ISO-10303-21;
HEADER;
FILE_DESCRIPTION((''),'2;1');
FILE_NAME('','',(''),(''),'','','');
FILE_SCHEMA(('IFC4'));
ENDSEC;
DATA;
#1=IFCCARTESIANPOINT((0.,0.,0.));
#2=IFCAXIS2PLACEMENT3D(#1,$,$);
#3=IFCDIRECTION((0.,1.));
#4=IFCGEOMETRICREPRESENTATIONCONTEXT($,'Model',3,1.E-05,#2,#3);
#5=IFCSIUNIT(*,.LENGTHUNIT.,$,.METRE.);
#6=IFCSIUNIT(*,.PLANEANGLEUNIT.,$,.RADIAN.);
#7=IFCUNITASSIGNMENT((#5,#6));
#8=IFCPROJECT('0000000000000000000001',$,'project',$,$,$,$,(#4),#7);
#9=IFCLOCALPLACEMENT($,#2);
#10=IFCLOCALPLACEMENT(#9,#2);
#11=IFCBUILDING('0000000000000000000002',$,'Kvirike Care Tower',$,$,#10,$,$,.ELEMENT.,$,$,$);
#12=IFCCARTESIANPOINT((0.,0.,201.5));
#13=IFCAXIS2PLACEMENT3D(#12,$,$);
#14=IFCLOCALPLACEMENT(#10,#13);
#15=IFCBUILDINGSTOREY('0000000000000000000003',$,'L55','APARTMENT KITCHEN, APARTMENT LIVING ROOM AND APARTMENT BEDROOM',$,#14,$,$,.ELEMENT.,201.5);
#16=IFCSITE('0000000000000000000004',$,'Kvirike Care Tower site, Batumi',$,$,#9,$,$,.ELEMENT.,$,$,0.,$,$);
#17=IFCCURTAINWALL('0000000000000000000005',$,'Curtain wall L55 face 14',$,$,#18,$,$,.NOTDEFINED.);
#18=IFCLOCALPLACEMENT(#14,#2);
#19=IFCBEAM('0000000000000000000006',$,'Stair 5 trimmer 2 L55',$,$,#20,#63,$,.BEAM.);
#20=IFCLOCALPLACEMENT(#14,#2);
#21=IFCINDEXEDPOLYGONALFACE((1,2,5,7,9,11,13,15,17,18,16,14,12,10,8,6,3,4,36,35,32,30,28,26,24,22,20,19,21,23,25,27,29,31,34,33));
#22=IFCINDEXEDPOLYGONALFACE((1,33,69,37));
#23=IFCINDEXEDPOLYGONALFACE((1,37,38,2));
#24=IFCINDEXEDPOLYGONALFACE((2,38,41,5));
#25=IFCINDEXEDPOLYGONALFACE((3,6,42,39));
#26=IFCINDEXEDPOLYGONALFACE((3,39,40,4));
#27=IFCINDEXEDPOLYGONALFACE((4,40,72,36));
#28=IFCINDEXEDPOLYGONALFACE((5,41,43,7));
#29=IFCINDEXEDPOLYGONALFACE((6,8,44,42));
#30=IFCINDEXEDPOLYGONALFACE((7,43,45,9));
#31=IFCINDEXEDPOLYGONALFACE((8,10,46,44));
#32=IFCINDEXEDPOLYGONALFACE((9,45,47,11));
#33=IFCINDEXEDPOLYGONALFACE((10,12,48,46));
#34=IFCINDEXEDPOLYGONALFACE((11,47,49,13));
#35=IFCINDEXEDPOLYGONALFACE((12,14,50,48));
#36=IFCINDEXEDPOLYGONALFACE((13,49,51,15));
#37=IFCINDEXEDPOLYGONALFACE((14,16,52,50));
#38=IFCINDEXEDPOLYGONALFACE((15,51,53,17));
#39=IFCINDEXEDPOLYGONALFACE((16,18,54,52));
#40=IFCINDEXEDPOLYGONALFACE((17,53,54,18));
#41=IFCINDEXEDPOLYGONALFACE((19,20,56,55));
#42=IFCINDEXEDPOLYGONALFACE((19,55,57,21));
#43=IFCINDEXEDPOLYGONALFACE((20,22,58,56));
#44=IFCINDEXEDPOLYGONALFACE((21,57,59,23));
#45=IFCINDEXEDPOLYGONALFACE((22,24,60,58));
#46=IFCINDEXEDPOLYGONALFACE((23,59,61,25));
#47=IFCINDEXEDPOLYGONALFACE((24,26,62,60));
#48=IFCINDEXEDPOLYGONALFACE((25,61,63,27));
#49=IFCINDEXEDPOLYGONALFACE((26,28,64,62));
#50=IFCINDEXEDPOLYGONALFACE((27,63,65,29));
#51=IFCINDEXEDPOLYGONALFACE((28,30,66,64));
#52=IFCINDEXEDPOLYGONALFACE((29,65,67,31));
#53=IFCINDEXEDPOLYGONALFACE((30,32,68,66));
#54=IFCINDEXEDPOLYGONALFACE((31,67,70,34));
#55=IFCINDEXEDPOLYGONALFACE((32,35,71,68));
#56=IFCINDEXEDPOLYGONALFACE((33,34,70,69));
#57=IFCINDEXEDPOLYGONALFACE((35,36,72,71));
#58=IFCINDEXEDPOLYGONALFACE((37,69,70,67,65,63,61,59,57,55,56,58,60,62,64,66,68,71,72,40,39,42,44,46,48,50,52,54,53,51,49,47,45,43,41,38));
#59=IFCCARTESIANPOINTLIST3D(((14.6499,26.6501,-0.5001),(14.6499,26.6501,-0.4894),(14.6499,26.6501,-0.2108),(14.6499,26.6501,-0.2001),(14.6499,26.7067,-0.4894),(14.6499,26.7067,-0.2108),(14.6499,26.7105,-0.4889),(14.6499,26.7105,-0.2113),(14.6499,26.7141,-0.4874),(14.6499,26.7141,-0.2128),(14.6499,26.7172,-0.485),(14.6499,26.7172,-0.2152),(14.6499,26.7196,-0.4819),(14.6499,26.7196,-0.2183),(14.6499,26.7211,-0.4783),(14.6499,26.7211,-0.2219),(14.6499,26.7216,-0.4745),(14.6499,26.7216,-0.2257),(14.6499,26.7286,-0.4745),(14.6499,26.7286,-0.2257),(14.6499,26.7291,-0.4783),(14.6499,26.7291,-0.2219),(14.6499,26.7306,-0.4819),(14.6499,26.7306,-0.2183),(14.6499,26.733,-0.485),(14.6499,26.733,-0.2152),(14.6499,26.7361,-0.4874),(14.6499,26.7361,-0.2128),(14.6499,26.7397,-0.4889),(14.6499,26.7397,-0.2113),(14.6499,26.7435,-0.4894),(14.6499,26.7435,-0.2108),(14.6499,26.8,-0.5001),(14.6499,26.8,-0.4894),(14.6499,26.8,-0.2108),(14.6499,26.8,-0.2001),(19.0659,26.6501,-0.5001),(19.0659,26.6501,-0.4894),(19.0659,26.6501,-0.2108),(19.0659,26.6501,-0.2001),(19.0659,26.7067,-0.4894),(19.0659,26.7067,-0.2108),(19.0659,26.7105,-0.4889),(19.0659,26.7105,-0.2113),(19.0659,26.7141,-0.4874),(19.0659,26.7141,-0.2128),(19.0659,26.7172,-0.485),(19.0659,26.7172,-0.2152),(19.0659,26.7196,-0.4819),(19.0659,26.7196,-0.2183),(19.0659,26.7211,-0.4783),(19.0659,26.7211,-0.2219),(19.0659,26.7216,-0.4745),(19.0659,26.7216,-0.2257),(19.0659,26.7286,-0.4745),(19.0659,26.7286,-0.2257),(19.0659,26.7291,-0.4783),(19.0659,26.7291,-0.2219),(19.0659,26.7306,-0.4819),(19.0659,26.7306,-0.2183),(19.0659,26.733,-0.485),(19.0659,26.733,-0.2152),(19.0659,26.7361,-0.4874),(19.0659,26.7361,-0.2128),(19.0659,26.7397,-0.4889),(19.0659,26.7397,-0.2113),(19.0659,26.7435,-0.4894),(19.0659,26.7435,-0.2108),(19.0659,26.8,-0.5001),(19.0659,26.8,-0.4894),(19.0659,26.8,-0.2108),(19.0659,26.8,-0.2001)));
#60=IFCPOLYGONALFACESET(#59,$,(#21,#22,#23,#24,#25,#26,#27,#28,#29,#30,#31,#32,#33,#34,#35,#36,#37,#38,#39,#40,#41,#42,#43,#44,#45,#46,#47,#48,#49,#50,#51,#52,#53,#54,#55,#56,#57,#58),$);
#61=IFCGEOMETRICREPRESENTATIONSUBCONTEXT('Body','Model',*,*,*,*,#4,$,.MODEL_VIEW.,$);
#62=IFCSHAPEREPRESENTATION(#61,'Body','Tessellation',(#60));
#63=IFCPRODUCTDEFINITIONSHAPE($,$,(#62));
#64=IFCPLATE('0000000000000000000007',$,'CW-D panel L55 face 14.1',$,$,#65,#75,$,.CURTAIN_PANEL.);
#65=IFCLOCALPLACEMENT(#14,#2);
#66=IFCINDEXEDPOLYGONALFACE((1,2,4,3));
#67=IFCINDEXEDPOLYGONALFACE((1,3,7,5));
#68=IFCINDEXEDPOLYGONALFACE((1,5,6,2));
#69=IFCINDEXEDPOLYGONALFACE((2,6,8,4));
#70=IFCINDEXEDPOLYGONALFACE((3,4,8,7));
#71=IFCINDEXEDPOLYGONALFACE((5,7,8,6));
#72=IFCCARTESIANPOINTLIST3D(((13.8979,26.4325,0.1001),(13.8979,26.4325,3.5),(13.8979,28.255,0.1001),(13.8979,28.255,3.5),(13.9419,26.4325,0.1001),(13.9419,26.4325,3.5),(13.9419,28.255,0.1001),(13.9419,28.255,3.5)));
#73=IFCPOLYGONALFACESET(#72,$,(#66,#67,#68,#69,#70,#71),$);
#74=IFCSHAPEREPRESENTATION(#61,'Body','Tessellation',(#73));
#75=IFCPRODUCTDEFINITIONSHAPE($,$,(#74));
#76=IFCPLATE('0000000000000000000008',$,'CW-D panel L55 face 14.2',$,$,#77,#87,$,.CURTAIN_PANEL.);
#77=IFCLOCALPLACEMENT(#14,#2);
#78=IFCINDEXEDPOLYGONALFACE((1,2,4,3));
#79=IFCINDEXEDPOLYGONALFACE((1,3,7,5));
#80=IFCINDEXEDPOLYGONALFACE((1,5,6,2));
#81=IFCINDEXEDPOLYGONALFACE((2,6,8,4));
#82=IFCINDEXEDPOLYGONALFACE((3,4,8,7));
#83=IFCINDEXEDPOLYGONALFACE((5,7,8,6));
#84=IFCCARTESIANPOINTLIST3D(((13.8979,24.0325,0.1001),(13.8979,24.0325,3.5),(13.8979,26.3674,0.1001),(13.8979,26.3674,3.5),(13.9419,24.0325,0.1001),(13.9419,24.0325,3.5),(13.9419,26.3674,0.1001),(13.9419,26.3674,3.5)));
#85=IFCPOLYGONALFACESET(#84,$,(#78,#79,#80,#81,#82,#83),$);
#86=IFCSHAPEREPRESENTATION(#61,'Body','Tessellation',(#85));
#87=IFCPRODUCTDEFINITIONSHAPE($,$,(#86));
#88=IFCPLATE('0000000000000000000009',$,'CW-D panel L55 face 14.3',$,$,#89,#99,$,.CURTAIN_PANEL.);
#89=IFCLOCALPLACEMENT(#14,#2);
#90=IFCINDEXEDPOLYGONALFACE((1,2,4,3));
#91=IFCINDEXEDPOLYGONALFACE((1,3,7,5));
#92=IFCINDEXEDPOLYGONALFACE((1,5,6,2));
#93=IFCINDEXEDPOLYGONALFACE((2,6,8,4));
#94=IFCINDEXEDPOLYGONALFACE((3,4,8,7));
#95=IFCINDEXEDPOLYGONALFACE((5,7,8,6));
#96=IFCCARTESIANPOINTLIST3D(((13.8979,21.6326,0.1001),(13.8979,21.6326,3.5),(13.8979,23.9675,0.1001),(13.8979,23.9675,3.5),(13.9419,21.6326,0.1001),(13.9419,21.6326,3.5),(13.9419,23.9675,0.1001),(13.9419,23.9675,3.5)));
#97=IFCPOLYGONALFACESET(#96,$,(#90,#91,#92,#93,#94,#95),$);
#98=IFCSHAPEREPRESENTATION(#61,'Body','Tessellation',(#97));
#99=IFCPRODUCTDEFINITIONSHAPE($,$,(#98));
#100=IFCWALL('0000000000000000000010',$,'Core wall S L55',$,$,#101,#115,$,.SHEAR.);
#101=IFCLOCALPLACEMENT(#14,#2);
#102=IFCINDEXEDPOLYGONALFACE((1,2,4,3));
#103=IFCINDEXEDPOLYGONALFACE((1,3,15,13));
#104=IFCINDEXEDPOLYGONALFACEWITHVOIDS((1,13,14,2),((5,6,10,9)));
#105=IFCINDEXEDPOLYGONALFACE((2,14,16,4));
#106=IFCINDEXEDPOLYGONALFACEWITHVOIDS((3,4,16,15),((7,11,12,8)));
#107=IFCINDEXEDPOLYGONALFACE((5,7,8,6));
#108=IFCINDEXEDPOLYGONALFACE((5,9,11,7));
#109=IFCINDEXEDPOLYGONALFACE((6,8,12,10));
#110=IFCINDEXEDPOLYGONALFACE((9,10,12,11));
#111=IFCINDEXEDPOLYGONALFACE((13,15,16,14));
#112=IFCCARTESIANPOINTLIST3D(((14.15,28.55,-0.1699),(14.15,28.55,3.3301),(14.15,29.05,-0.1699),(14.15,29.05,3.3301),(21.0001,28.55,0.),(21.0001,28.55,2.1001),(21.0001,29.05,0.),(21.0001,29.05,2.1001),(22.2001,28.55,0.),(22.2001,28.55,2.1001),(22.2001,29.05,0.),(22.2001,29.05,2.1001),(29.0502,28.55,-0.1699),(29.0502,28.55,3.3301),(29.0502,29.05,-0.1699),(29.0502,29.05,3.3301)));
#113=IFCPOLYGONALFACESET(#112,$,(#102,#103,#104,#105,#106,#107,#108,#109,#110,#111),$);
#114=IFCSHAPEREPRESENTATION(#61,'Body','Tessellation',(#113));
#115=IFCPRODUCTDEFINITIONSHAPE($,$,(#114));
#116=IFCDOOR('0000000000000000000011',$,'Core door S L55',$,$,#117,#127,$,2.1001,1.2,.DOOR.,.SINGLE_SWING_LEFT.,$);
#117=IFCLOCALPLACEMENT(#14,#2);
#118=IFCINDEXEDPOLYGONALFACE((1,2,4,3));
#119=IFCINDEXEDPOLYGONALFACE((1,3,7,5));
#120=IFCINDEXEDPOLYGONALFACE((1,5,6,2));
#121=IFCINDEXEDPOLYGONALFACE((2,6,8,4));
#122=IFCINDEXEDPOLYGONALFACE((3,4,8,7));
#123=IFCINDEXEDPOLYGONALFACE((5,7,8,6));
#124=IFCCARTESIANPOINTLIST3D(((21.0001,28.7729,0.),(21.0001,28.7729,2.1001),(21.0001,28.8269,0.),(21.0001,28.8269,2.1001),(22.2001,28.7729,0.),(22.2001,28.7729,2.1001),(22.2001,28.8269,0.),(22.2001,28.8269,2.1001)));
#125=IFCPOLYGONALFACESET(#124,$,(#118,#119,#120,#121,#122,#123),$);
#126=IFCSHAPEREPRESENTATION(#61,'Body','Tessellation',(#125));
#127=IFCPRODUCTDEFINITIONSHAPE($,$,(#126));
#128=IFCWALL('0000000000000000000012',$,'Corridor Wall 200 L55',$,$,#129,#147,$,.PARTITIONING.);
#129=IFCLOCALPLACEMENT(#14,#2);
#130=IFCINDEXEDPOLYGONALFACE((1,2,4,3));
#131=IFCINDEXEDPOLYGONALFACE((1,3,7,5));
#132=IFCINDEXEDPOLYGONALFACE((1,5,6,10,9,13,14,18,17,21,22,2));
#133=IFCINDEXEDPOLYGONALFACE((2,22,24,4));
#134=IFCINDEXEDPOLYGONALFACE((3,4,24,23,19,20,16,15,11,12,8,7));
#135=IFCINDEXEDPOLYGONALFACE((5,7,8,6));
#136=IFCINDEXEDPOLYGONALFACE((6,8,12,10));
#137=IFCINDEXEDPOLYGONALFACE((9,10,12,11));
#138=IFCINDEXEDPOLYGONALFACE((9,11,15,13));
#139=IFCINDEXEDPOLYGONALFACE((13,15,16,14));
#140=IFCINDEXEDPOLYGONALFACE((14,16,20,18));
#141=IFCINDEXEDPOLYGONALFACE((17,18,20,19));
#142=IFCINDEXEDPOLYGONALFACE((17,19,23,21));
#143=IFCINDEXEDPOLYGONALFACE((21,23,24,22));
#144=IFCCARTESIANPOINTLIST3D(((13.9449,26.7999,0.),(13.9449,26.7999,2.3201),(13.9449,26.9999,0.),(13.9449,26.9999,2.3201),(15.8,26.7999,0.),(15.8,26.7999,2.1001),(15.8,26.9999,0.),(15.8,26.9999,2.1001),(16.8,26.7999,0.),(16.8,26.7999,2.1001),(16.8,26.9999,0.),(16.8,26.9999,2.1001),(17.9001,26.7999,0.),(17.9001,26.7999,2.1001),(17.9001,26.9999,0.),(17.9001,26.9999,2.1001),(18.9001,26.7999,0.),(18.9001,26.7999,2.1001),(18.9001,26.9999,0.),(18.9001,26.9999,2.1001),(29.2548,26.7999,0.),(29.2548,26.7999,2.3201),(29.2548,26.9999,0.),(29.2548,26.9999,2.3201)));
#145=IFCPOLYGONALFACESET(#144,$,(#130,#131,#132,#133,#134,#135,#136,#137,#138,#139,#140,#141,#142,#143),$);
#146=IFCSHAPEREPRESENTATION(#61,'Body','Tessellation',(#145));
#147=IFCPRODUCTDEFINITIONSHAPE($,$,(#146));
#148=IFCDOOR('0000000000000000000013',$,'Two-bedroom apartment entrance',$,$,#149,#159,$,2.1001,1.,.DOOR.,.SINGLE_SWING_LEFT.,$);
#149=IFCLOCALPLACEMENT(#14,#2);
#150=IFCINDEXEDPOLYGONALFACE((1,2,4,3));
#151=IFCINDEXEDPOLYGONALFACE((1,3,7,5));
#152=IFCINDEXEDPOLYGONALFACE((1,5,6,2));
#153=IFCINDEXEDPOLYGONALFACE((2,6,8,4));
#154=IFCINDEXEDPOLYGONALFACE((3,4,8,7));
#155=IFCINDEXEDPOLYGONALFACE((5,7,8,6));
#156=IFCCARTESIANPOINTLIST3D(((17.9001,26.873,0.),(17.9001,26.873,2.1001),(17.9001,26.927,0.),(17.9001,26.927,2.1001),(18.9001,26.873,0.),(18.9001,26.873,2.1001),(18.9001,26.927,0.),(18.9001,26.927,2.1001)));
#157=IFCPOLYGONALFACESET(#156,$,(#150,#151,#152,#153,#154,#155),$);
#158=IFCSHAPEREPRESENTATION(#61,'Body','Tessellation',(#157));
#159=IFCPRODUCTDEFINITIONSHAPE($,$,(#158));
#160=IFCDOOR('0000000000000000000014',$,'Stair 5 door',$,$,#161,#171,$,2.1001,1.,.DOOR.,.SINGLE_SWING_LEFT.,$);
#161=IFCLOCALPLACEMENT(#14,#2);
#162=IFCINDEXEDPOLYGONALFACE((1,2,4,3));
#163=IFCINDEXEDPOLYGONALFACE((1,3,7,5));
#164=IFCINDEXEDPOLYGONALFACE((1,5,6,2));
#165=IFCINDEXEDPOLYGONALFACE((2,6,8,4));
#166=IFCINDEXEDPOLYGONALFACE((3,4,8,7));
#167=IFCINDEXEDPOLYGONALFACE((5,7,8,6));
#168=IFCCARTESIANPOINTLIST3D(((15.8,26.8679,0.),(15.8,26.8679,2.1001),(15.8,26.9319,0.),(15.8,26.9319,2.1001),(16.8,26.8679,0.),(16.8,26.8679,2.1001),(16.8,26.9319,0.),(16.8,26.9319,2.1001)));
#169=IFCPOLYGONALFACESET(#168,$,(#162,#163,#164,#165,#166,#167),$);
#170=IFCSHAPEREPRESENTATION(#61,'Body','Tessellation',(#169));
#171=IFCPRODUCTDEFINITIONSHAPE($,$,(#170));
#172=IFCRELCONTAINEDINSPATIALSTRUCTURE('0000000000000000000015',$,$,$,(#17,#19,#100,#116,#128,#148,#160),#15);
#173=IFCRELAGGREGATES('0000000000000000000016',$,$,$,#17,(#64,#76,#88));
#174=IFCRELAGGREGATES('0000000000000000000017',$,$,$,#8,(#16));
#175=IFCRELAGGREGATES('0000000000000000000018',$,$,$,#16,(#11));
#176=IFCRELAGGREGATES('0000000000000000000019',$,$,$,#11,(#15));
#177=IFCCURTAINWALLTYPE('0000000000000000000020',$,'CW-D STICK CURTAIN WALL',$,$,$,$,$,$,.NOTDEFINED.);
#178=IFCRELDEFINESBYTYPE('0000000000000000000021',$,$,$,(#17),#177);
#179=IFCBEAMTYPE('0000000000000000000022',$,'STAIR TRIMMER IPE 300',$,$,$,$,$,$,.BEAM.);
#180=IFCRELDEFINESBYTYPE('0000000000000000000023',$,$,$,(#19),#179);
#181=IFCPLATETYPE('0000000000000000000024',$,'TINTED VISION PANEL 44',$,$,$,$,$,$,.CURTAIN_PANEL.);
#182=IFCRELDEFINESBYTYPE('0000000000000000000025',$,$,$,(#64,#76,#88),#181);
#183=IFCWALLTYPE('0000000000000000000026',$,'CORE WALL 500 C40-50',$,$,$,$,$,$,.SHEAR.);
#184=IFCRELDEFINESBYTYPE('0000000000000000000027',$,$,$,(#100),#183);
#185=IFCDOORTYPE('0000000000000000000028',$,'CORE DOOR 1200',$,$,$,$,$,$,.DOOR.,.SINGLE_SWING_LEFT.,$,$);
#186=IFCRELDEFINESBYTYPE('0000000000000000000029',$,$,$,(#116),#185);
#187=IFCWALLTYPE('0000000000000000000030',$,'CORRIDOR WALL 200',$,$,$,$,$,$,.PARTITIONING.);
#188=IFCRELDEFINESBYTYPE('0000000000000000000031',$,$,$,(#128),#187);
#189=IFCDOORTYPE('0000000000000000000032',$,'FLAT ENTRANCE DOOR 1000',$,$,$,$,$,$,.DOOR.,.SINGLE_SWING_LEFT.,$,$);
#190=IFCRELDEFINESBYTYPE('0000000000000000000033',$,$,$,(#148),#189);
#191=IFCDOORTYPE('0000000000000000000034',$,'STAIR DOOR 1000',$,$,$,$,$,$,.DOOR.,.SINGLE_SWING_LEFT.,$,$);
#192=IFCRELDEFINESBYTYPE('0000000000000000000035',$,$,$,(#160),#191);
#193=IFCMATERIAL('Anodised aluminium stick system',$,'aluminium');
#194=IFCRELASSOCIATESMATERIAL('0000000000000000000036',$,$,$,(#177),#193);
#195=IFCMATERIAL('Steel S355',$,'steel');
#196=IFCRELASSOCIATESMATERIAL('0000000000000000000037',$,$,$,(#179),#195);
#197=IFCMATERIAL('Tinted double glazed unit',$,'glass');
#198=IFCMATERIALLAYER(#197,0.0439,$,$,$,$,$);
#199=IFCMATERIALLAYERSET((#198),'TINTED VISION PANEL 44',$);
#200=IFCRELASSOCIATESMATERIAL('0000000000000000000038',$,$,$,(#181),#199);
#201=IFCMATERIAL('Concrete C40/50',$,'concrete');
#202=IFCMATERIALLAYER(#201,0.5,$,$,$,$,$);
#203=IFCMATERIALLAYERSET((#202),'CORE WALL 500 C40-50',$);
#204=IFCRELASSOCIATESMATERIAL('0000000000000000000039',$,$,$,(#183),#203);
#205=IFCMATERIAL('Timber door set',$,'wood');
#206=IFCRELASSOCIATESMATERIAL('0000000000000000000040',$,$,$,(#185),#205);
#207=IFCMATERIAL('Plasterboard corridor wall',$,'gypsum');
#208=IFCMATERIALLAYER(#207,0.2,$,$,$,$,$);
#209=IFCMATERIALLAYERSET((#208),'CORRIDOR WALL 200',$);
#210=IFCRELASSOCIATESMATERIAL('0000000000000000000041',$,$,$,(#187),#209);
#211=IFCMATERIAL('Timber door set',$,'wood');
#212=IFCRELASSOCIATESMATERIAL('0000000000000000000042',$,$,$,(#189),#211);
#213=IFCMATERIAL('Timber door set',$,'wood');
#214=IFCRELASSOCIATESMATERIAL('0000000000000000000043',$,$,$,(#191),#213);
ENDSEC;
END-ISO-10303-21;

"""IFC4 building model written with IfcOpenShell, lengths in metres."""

from ifc_helpers import new_model, si_unit, direction, frame, frame_2d, origin, origin_2d, place, context, subcontext, project, spatial, rectangle, i_section, extrude, material, layer, layer_set, material_profile, profile_set, type_object, element, fill, aggregate, save


model = new_model("IFC4")

# Units and contexts
model_context = context("Model", 3, precision=1e-05, world=origin(), true_north=direction((0.0, 1.0)))
body_context = subcontext(model_context, "Body", "Model", "MODEL_VIEW")
ifc_project = project(units=[si_unit("LENGTHUNIT", "METRE"), si_unit("PLANEANGLEUNIT", "RADIAN")], contexts=[model_context])

# Site, building, storey
site_placement = place(None, origin())
site = spatial("IfcSite", under=ifc_project, at=site_placement, Name="Kvirike Care Tower site, Batumi", CompositionType="ELEMENT", RefElevation=0.0)
building_placement = place(site_placement, origin())
building = spatial("IfcBuilding", under=site, at=building_placement, Name="Kvirike Care Tower", CompositionType="ELEMENT")
storey_placement = place(building_placement, frame((0.0, 0.0, 201.5)))
storey = spatial("IfcBuildingStorey", under=building, at=storey_placement, Name="L55", Description="APARTMENT KITCHEN, APARTMENT LIVING ROOM AND APARTMENT BEDROOM", CompositionType="ELEMENT", Elevation=201.5)

# Curtain wall
ifc_material_1 = material(Name="Anodised aluminium stick system", Category="aluminium")
curtain_wall_type = type_object("IfcCurtainWallType", Name="CW-D STICK CURTAIN WALL", PredefinedType="NOTDEFINED", material=ifc_material_1)
curtain_wall_placement = place(storey_placement, origin())
curtain_wall = element("IfcCurtainWall", 1, at=curtain_wall_placement, inside=storey, type_object=curtain_wall_type, Name="Curtain wall L55 face 14", PredefinedType="NOTDEFINED")

# Beam
ifc_material_2 = material(Name="Steel S355", Category="steel")
ifc_material_profile_1 = material_profile(ifc_material_2, i_section(OverallWidth=0.1499, OverallDepth=0.3, WebThickness=0.0071, FlangeThickness=0.0107, FilletRadius=0.0149, at=origin_2d()), Name="IPE 300")
ifc_profile_set_1 = profile_set([ifc_material_profile_1], Name="Steel S355")
beam_type_1 = type_object("IfcBeamType", Name="STAIR TRIMMER IPE 300", PredefinedType="BEAM", material=ifc_profile_set_1)
for number, where, z_axis, x_axis, name in (
    (2, (14.6499, 26.7251, -0.3501), (1.0, 0.0, 0.0), (0.0, 1.0, 0.0), "Stair 5 trimmer 2 L55"),
):
    element("IfcBeam", number, at=place(storey_placement, frame(where, z_axis=z_axis, x_axis=x_axis)), inside=storey, type_object=beam_type_1, Name=name, PredefinedType="BEAM", context=body_context, shape_type="SweptSolid", body=[
        extrude(i_section(OverallWidth=0.1499, OverallDepth=0.3, WebThickness=0.0071, FlangeThickness=0.0107, FilletRadius=0.0149, at=origin_2d()), origin(), (0.0, 0.0, 1.0), 4.416),
    ])

# Plates
ifc_material_3 = material(Name="Tinted double glazed unit", Category="glass")
ifc_layer_1 = layer(ifc_material_3, 0.0439)
ifc_layer_set_1 = layer_set([ifc_layer_1], Name="TINTED VISION PANEL 44")
plate_type = type_object("IfcPlateType", Name="TINTED VISION PANEL 44", PredefinedType="CURTAIN_PANEL", material=ifc_layer_set_1)
plate_1_placement = place(storey_placement, frame((13.9199, 27.3438, 0.1001), z_axis=(0.0, 0.0, 1.0), x_axis=(0.0, -1.0, 0.0)))
plate_1 = element("IfcPlate", 3, at=plate_1_placement, type_object=plate_type, Name="CW-D panel L55 face 14.1", PredefinedType="CURTAIN_PANEL", context=body_context, shape_type="SweptSolid", body=[
    extrude(rectangle(XDim=1.8225, YDim=0.0439, at=origin_2d()), origin(), (0.0, 0.0, 1.0), 3.3999),
])
plate_2_placement = place(storey_placement, frame((13.9199, 25.2, 0.1001), z_axis=(0.0, 0.0, 1.0), x_axis=(0.0, -1.0, 0.0)))
plate_2 = element("IfcPlate", 4, at=plate_2_placement, type_object=plate_type, Name="CW-D panel L55 face 14.2", PredefinedType="CURTAIN_PANEL", context=body_context, shape_type="SweptSolid", body=[
    extrude(rectangle(XDim=2.335, YDim=0.0439, at=origin_2d()), origin(), (0.0, 0.0, 1.0), 3.3999),
])
plate_3_placement = place(storey_placement, frame((13.9199, 22.8, 0.1001), z_axis=(0.0, 0.0, 1.0), x_axis=(0.0, -1.0, 0.0)))
plate_3 = element("IfcPlate", 5, at=plate_3_placement, type_object=plate_type, Name="CW-D panel L55 face 14.3", PredefinedType="CURTAIN_PANEL", context=body_context, shape_type="SweptSolid", body=[
    extrude(rectangle(XDim=2.335, YDim=0.0439, at=origin_2d()), origin(), (0.0, 0.0, 1.0), 3.3999),
])
aggregate(curtain_wall, [plate_1, plate_2, plate_3])

# Wall, opening, door
ifc_material_4 = material(Name="Concrete C40/50", Category="concrete")
ifc_layer_2 = layer(ifc_material_4, 0.5)
ifc_layer_set_2 = layer_set([ifc_layer_2], Name="CORE WALL 500 C40-50")
wall_type_1 = type_object("IfcWallType", Name="CORE WALL 500 C40-50", PredefinedType="SHEAR", material=ifc_layer_set_2)
wall_1_placement = place(storey_placement, frame((14.1499, 28.8, -0.1699), z_axis=(0.0, 0.0, 1.0), x_axis=(1.0, 0.0, 0.0)))
wall_1 = element("IfcWall", 6, at=wall_1_placement, inside=storey, type_object=wall_type_1, Name="Core wall S L55", PredefinedType="SHEAR", context=body_context, shape_type="SweptSolid", body=[
    extrude(rectangle(XDim=14.9001, YDim=0.5, at=frame_2d((7.4502, 0.0))), origin(), (0.0, 0.0, 1.0), 3.5),
])
opening_1_placement = place(wall_1_placement, frame((6.8501, 0.0, 0.1699)))
opening_1 = element("IfcOpeningElement", 7, at=opening_1_placement, cuts=wall_1, PredefinedType="OPENING", context=body_context, shape_type="SweptSolid", body=[
    extrude(rectangle(XDim=1.2, YDim=2.1001, at=frame_2d((0.6001, 1.05))), frame((0.0, 0.2605, 0.0), z_axis=(0.0, -1.0, 0.0), x_axis=(1.0, 0.0, 0.0)), (0.0, 0.0, 1.0), 0.521),
])
ifc_material_5 = material(Name="Timber door set", Category="wood")
door_type_1 = type_object("IfcDoorType", Name="CORE DOOR 1200", OperationType="SINGLE_SWING_LEFT", PredefinedType="DOOR", material=ifc_material_5)
door_1_placement = place(opening_1_placement, origin())
door_1 = element("IfcDoor", 8, at=door_1_placement, inside=storey, type_object=door_type_1, Name="Core door S L55", OperationType="SINGLE_SWING_LEFT", OverallHeight=2.1001, OverallWidth=1.2, PredefinedType="DOOR", context=body_context, shape_type="SweptSolid", body=[
    extrude(rectangle(XDim=1.2, YDim=2.1001, at=frame_2d((0.6001, 1.05))), frame((0.0, 0.0269, 0.0), z_axis=(0.0, -1.0, 0.0), x_axis=(1.0, 0.0, 0.0)), (0.0, 0.0, 1.0), 0.054),
])
fill(opening_1, door_1)

# Wall, openings, doors
ifc_material_6 = material(Name="Plasterboard corridor wall", Category="gypsum")
ifc_layer_3 = layer(ifc_material_6, 0.2)
ifc_layer_set_3 = layer_set([ifc_layer_3], Name="CORRIDOR WALL 200")
wall_type_2 = type_object("IfcWallType", Name="CORRIDOR WALL 200", PredefinedType="PARTITIONING", material=ifc_layer_set_3)
wall_2_placement = place(storey_placement, frame((13.9451, 26.8999, 0.0), z_axis=(0.0, 0.0, 1.0), x_axis=(1.0, 0.0, 0.0)))
wall_2 = element("IfcWall", 9, at=wall_2_placement, inside=storey, type_object=wall_type_2, Name="Corridor Wall 200 L55", PredefinedType="PARTITIONING", context=body_context, shape_type="SweptSolid", body=[
    extrude(rectangle(XDim=15.3098, YDim=0.2, at=frame_2d((7.6548, 0.0))), origin(), (0.0, 0.0, 1.0), 2.3201),
])
opening_2_placement = place(wall_2_placement, frame((1.855, 0.0, 0.0)))
opening_2 = element("IfcOpeningElement", 10, at=opening_2_placement, cuts=wall_2, PredefinedType="OPENING", context=body_context, shape_type="SweptSolid", body=[
    extrude(rectangle(XDim=1.0, YDim=2.1001, at=frame_2d((0.5, 1.05))), frame((0.0, 0.1106, 0.0), z_axis=(0.0, -1.0, 0.0), x_axis=(1.0, 0.0, 0.0)), (0.0, 0.0, 1.0), 0.2209),
])
opening_3_placement = place(wall_2_placement, frame((3.9551, 0.0, 0.0)))
opening_3 = element("IfcOpeningElement", 11, at=opening_3_placement, cuts=wall_2, PredefinedType="OPENING", context=body_context, shape_type="SweptSolid", body=[
    extrude(rectangle(XDim=1.0, YDim=2.1001, at=frame_2d((0.5, 1.05))), frame((0.0, 0.1106, 0.0), z_axis=(0.0, -1.0, 0.0), x_axis=(1.0, 0.0, 0.0)), (0.0, 0.0, 1.0), 0.2209),
])
ifc_material_7 = material(Name="Timber door set", Category="wood")
door_type_2 = type_object("IfcDoorType", Name="FLAT ENTRANCE DOOR 1000", OperationType="SINGLE_SWING_LEFT", PredefinedType="DOOR", material=ifc_material_7)
door_2_placement = place(opening_3_placement, frame((1.0, 0.0, 0.0), z_axis=(0.0, 0.0, 1.0), x_axis=(-1.0, 0.0, 0.0)))
door_2 = element("IfcDoor", 12, at=door_2_placement, inside=storey, type_object=door_type_2, Name="Two-bedroom apartment entrance", OperationType="SINGLE_SWING_LEFT", OverallHeight=2.1001, OverallWidth=1.0, PredefinedType="DOOR", context=body_context, shape_type="SweptSolid", body=[
    extrude(rectangle(XDim=1.0, YDim=2.1001, at=frame_2d((0.5, 1.05))), frame((0.0, 0.0269, 0.0), z_axis=(0.0, -1.0, 0.0), x_axis=(1.0, 0.0, 0.0)), (0.0, 0.0, 1.0), 0.054),
])
fill(opening_3, door_2)
ifc_material_8 = material(Name="Timber door set", Category="wood")
door_type_3 = type_object("IfcDoorType", Name="STAIR DOOR 1000", OperationType="SINGLE_SWING_LEFT", PredefinedType="DOOR", material=ifc_material_8)
door_3_placement = place(opening_2_placement, frame((1.0, 0.0, 0.0), z_axis=(0.0, 0.0, 1.0), x_axis=(-1.0, 0.0, 0.0)))
door_3 = element("IfcDoor", 13, at=door_3_placement, inside=storey, type_object=door_type_3, Name="Stair 5 door", OperationType="SINGLE_SWING_LEFT", OverallHeight=2.1001, OverallWidth=1.0, PredefinedType="DOOR", context=body_context, shape_type="SweptSolid", body=[
    extrude(rectangle(XDim=1.0, YDim=2.1001, at=frame_2d((0.5, 1.05))), frame((0.0, 0.032, 0.0), z_axis=(0.0, -1.0, 0.0), x_axis=(1.0, 0.0, 0.0)), (0.0, 0.0, 1.0), 0.064),
])
fill(opening_2, door_3)

save(model, "model.ifc")
